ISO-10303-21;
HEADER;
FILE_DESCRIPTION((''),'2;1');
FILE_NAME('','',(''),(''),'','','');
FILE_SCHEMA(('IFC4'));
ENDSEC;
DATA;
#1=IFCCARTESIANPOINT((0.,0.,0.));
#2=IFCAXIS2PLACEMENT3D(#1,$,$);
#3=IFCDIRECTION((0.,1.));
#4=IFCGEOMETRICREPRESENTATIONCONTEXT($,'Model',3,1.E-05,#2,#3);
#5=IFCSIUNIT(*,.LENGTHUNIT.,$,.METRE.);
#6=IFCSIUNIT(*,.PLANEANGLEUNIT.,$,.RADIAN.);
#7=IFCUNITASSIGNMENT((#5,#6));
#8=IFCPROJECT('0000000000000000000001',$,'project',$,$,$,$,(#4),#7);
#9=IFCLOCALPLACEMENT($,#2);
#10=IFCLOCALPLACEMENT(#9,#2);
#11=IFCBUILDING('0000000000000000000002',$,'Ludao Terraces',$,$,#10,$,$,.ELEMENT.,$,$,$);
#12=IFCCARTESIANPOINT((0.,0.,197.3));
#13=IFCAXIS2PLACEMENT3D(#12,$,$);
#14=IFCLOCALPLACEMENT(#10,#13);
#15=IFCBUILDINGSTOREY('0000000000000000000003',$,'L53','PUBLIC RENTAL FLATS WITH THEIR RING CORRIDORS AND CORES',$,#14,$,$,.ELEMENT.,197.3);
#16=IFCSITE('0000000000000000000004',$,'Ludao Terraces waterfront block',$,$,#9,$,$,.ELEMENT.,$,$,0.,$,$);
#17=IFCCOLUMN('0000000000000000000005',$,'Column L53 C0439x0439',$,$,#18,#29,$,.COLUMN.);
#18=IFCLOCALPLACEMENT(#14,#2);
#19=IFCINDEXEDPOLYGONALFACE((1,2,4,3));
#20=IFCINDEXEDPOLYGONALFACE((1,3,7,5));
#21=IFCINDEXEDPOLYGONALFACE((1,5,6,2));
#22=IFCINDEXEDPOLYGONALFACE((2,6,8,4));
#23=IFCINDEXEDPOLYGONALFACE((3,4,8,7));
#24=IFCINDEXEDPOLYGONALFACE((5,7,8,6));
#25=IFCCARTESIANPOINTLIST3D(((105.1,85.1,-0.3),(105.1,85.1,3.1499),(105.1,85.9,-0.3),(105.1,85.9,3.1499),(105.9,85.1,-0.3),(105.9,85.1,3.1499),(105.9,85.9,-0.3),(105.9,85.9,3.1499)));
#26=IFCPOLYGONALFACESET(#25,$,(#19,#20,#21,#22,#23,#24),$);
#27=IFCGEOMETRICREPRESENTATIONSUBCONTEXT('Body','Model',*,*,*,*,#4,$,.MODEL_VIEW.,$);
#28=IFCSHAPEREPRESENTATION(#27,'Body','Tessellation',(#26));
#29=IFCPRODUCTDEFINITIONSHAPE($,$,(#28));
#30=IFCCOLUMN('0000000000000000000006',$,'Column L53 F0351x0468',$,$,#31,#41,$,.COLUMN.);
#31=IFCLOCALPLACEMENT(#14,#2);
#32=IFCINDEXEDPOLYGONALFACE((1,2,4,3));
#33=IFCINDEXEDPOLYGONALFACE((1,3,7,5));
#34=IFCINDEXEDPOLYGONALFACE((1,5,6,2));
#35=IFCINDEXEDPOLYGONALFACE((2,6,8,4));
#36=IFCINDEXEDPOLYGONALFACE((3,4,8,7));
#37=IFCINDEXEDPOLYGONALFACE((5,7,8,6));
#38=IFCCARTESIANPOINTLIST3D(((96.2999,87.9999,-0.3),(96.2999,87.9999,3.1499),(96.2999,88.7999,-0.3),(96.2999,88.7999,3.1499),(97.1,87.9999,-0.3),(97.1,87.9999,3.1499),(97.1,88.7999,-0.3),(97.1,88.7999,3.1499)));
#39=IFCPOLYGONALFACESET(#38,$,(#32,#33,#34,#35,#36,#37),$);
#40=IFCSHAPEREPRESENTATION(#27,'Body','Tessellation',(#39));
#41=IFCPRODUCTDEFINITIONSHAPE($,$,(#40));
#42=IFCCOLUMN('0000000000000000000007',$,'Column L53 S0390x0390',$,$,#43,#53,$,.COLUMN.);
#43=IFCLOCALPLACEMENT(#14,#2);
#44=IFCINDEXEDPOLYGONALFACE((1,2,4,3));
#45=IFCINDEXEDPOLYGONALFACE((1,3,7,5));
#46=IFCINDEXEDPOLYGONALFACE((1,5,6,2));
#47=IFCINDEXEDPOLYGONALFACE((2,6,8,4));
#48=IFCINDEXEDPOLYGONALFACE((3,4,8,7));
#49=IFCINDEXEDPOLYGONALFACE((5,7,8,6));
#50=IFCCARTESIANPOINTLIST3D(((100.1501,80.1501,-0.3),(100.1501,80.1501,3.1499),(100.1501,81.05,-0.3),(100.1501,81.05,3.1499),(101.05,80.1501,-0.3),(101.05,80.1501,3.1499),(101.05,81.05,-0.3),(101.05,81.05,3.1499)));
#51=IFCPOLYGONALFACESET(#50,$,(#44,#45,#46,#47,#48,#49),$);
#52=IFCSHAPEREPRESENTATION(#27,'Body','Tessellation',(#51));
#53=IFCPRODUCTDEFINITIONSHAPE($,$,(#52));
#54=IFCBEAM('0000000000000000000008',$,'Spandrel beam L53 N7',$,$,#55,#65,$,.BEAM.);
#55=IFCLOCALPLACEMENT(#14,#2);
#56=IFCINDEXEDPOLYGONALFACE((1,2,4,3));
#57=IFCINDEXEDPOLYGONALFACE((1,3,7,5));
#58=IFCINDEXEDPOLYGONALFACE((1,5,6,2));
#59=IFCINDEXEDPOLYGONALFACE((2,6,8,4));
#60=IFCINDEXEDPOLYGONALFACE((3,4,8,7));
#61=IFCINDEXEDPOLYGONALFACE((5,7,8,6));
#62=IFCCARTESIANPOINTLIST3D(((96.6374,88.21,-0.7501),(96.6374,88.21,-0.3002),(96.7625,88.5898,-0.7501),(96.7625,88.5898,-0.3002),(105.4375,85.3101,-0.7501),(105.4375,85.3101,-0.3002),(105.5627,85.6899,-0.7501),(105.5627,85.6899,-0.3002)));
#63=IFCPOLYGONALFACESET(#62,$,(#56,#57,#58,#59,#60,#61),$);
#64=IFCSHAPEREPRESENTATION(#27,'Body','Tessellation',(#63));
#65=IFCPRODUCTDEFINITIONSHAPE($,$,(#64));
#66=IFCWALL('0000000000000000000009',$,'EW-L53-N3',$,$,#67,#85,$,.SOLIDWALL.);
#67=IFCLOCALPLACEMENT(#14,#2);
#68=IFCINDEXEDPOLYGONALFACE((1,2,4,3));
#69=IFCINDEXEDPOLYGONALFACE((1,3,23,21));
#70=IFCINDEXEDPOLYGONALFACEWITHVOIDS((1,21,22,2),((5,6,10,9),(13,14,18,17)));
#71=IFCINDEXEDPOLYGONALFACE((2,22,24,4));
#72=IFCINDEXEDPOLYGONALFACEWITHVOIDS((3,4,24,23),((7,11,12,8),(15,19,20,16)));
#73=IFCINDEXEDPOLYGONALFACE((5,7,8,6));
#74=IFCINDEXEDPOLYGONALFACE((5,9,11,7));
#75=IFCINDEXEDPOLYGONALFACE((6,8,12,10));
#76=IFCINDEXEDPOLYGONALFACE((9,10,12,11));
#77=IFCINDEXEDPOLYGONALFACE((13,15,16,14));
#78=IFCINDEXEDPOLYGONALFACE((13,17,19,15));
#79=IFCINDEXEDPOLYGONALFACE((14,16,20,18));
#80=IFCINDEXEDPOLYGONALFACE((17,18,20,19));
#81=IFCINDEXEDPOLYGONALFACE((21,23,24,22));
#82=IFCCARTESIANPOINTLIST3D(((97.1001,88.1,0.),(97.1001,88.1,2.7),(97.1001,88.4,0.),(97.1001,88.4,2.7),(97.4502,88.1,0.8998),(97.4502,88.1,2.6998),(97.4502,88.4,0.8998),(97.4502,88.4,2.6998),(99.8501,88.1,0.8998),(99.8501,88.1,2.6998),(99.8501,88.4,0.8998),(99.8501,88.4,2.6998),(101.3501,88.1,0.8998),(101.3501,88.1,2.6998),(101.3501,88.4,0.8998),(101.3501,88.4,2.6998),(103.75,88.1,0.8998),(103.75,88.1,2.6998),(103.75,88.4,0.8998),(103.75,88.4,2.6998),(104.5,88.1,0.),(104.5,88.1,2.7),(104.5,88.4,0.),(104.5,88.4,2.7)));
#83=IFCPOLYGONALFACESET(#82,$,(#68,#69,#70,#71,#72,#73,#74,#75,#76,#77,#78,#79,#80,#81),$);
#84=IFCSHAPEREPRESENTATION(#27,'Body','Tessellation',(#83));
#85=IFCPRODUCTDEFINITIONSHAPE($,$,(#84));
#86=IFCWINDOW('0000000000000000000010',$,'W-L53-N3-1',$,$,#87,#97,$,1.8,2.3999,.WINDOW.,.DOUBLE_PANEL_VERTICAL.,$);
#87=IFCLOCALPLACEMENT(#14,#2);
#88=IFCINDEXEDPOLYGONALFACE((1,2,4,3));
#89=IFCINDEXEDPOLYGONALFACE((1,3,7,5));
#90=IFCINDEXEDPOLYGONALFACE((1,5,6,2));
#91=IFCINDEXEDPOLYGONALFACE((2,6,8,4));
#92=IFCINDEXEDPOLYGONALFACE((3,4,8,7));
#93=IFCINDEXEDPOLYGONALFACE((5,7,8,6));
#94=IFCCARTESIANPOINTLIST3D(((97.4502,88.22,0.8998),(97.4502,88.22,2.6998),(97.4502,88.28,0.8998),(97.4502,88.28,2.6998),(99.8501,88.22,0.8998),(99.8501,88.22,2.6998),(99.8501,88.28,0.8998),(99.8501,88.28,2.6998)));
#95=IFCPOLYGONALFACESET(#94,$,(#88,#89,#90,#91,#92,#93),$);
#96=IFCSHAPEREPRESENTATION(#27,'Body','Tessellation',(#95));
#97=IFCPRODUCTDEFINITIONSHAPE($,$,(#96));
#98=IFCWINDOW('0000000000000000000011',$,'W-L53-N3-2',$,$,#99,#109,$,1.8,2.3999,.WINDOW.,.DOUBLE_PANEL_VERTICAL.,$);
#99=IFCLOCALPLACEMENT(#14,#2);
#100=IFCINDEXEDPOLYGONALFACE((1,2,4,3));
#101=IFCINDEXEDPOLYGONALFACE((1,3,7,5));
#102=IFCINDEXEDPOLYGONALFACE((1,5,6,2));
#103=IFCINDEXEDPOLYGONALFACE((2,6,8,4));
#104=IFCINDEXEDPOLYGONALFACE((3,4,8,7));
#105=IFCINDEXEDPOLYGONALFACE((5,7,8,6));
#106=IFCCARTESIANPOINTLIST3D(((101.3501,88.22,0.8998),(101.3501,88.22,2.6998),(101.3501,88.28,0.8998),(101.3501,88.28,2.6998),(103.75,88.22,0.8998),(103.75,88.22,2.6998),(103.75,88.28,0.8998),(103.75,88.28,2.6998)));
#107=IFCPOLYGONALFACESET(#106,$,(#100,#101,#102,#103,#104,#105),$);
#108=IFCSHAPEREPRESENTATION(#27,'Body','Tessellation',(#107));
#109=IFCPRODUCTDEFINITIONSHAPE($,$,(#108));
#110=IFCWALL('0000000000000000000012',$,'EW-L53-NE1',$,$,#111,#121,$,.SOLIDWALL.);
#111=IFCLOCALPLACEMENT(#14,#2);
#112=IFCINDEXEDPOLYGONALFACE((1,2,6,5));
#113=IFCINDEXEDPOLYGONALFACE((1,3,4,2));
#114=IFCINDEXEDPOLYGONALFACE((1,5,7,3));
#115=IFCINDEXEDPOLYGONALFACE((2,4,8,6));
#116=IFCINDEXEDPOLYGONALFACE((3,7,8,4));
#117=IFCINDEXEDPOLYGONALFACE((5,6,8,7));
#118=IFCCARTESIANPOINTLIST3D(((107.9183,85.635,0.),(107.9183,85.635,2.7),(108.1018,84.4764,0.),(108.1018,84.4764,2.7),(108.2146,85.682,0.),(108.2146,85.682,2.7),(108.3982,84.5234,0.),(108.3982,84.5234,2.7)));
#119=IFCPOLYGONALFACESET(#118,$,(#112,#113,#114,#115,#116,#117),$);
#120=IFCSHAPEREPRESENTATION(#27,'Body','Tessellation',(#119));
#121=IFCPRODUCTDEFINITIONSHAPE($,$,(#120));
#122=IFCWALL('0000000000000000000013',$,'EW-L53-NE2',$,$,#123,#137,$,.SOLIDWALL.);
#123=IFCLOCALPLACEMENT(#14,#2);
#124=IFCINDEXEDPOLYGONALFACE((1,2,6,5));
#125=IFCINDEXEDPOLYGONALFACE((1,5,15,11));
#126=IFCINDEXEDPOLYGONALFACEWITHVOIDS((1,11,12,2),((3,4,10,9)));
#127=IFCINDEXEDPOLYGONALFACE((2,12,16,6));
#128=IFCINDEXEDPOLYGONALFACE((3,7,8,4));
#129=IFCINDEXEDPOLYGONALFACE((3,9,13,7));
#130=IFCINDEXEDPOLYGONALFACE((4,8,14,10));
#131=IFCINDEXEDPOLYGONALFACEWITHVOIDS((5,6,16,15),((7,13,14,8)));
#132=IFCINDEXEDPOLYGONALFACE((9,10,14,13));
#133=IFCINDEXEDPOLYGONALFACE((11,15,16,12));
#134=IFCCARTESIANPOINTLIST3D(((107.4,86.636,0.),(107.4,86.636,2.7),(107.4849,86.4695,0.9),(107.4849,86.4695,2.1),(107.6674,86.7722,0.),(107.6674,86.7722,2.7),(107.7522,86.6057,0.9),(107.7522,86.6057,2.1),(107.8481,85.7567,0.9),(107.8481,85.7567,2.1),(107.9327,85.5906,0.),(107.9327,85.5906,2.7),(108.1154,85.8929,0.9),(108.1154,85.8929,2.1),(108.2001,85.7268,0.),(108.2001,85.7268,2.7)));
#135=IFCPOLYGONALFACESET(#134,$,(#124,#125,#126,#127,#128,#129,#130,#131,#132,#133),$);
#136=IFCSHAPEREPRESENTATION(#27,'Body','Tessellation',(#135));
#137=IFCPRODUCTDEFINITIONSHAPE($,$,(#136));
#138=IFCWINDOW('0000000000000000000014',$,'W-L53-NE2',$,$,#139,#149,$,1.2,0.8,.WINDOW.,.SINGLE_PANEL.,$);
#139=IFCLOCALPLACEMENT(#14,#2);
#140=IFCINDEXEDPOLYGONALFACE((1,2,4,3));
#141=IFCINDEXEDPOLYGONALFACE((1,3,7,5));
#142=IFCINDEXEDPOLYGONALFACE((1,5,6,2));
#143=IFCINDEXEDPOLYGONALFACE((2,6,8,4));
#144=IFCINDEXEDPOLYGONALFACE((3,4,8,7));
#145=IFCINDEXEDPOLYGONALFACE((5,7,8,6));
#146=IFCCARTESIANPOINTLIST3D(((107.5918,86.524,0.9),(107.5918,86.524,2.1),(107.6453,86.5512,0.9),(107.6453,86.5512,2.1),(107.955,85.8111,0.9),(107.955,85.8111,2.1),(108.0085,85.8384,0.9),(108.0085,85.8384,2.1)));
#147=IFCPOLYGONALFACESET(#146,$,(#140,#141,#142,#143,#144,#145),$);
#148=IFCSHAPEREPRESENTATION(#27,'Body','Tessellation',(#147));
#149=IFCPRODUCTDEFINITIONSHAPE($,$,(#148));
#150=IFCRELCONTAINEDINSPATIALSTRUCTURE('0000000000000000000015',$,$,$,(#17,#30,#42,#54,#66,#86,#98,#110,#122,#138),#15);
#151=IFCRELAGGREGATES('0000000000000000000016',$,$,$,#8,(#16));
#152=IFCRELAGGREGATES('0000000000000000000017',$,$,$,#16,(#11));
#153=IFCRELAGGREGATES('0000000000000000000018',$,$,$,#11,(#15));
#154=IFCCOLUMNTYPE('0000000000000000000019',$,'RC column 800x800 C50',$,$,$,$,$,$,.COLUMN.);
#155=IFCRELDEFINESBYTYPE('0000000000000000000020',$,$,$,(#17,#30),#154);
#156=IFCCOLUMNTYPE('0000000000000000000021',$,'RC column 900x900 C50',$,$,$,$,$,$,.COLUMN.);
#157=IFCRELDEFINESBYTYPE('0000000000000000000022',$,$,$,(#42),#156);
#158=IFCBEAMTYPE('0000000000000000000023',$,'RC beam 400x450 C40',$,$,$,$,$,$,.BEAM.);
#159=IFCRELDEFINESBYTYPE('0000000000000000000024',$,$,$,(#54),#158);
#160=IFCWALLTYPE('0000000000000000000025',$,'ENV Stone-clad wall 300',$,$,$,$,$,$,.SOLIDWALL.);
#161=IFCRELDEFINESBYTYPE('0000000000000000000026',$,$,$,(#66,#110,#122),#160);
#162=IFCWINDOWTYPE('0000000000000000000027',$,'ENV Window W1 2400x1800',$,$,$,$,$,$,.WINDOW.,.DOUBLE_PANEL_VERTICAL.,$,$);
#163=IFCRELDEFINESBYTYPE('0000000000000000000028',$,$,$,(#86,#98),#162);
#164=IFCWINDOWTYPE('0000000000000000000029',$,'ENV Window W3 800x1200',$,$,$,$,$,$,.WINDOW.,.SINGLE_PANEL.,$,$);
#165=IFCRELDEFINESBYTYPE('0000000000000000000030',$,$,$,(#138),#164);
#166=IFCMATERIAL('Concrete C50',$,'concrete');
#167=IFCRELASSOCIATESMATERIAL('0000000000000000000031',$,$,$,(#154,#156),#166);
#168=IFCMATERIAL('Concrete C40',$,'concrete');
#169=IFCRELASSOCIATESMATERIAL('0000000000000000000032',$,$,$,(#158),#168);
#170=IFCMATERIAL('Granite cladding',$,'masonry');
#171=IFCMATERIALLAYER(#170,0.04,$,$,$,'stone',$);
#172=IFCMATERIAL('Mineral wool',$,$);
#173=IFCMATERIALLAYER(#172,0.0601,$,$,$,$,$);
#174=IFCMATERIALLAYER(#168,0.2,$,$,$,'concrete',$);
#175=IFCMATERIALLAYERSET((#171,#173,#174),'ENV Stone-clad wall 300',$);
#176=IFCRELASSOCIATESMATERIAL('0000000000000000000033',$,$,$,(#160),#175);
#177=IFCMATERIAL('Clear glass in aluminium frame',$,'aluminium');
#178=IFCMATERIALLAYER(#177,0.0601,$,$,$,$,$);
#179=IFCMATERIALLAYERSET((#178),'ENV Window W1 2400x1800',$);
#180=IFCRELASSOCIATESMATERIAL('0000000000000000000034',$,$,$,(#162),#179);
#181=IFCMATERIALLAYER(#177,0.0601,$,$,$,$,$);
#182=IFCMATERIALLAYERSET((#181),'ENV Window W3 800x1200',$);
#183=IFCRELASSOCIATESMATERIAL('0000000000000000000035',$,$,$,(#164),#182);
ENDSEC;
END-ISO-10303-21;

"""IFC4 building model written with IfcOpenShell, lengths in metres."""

from ifc_helpers import new_model, si_unit, direction, frame, frame_2d, origin, origin_2d, place, context, subcontext, project, spatial, rectangle, extrude, material, layer, layer_set, material_profile, profile_set, type_object, element, fill, save


model = new_model("IFC4")

# Units and contexts
model_context = context("Model", 3, precision=1e-05, world=origin(), true_north=direction((0.0, 1.0)))
body_context = subcontext(model_context, "Body", "Model", "MODEL_VIEW")
ifc_project = project(units=[si_unit("LENGTHUNIT", "METRE"), si_unit("PLANEANGLEUNIT", "RADIAN")], contexts=[model_context])

# Site, building, storey
site_placement = place(None, origin())
site = spatial("IfcSite", under=ifc_project, at=site_placement, Name="Ludao Terraces waterfront block", CompositionType="ELEMENT", RefElevation=0.0)
building_placement = place(site_placement, origin())
building = spatial("IfcBuilding", under=site, at=building_placement, Name="Ludao Terraces", CompositionType="ELEMENT")
storey_placement = place(building_placement, frame((0.0, 0.0, 197.3)))
storey = spatial("IfcBuildingStorey", under=building, at=storey_placement, Name="L53", Description="PUBLIC RENTAL FLATS WITH THEIR RING CORRIDORS AND CORES", CompositionType="ELEMENT", Elevation=197.3)

# Columns
ifc_material_1 = material(Name="Concrete C50", Category="concrete")
ifc_material_profile_1 = material_profile(ifc_material_1, rectangle(XDim=0.8, YDim=0.8, at=origin_2d()), Name="800 X 800")
ifc_profile_set_1 = profile_set([ifc_material_profile_1], Name="Concrete C50")
column_type_1 = type_object("IfcColumnType", Name="RC column 800x800 C50", PredefinedType="COLUMN", material=ifc_profile_set_1)
for number, where, z_axis, x_axis, name in (
    (1, (105.5, 85.5, -0.3), (0.0, 0.0, 1.0), (1.0, 0.0, 0.0), "Column L53 C0439x0439"),
    (2, (96.7, 88.3999, -0.3), (0.0, 0.0, 1.0), (1.0, 0.0, 0.0), "Column L53 F0351x0468"),
):
    element("IfcColumn", number, at=place(storey_placement, frame(where, z_axis=z_axis, x_axis=x_axis)), inside=storey, type_object=column_type_1, Name=name, PredefinedType="COLUMN", context=body_context, shape_type="SweptSolid", body=[
        extrude(rectangle(XDim=0.8, YDim=0.8, at=origin_2d()), origin(), (0.0, 0.0, 1.0), 3.45),
    ])
ifc_material_profile_2 = material_profile(ifc_material_1, rectangle(XDim=0.8999, YDim=0.8999, at=origin_2d()), Name="900 X 900")
ifc_profile_set_2 = profile_set([ifc_material_profile_2], Name="Concrete C50")
column_type_2 = type_object("IfcColumnType", Name="RC column 900x900 C50", PredefinedType="COLUMN", material=ifc_profile_set_2)
column_placement = place(storey_placement, frame((100.6001, 80.6001, -0.3), z_axis=(0.0, 0.0, 1.0), x_axis=(1.0, 0.0, 0.0)))
element("IfcColumn", 3, at=column_placement, inside=storey, type_object=column_type_2, Name="Column L53 S0390x0390", PredefinedType="COLUMN", context=body_context, shape_type="SweptSolid", body=[
    extrude(rectangle(XDim=0.8999, YDim=0.8999, at=origin_2d()), origin(), (0.0, 0.0, 1.0), 3.45),
])

# Beam
ifc_material_2 = material(Name="Concrete C40", Category="concrete")
ifc_material_profile_3 = material_profile(ifc_material_2, rectangle(XDim=0.3999, YDim=0.45, at=origin_2d()), Name="400 X 450")
ifc_profile_set_3 = profile_set([ifc_material_profile_3], Name="Concrete C40")
beam_type = type_object("IfcBeamType", Name="RC beam 400x450 C40", PredefinedType="BEAM", material=ifc_profile_set_3)
beam_placement = place(storey_placement, frame((96.7, 88.3999, -0.5251), z_axis=(0.949761, -0.312977, 0.0), x_axis=(0.312977, 0.949761, 0.0)))
element("IfcBeam", 4, at=beam_placement, inside=storey, type_object=beam_type, Name="Spandrel beam L53 N7", PredefinedType="BEAM", context=body_context, shape_type="SweptSolid", body=[
    extrude(rectangle(XDim=0.3999, YDim=0.45, at=origin_2d()), origin(), (0.0, 0.0, 1.0), 9.2656),
])

# Wall, openings, windows
ifc_material_3 = material(Name="Granite cladding", Category="masonry")
ifc_layer_1 = layer(ifc_material_3, 0.04, Category="stone")
ifc_material_4 = material(Name="Mineral wool")
ifc_layer_2 = layer(ifc_material_4, 0.0601)
ifc_layer_3 = layer(ifc_material_2, 0.2, Category="concrete")
ifc_layer_set_1 = layer_set([ifc_layer_1, ifc_layer_2, ifc_layer_3], Name="ENV Stone-clad wall 300")
wall_type_1 = type_object("IfcWallType", Name="ENV Stone-clad wall 300", PredefinedType="SOLIDWALL", material=ifc_layer_set_1)
wall_1_placement = place(storey_placement, frame((97.1001, 88.25, 0.0), z_axis=(0.0, 0.0, 1.0), x_axis=(1.0, 0.0, 0.0)))
wall_1 = element("IfcWall", 5, at=wall_1_placement, inside=storey, type_object=wall_type_1, Name="EW-L53-N3", PredefinedType="SOLIDWALL", context=body_context, shape_type="SweptSolid", body=[
    extrude(rectangle(XDim=7.3999, YDim=0.3, at=frame_2d((3.7, 0.0))), origin(), (0.0, 0.0, 1.0), 2.7),
])
opening_1_placement = place(wall_1_placement, frame((0.3501, 0.0, 0.8999)))
opening_1 = element("IfcOpeningElement", 6, at=opening_1_placement, cuts=wall_1, PredefinedType="OPENING", context=body_context, shape_type="SweptSolid", body=[
    extrude(rectangle(XDim=2.3999, YDim=1.8, at=frame_2d((1.2, 0.8999))), frame((0.0, 0.1602, 0.0), z_axis=(0.0, -1.0, 0.0), x_axis=(1.0, 0.0, 0.0)), (0.0, 0.0, 1.0), 0.3201),
])
opening_2_placement = place(wall_1_placement, frame((4.25, 0.0, 0.8999)))
opening_2 = element("IfcOpeningElement", 7, at=opening_2_placement, cuts=wall_1, PredefinedType="OPENING", context=body_context, shape_type="SweptSolid", body=[
    extrude(rectangle(XDim=2.3999, YDim=1.8, at=frame_2d((1.2, 0.8999))), frame((0.0, 0.1602, 0.0), z_axis=(0.0, -1.0, 0.0), x_axis=(1.0, 0.0, 0.0)), (0.0, 0.0, 1.0), 0.3201),
])
ifc_material_5 = material(Name="Clear glass in aluminium frame", Category="aluminium")
ifc_layer_4 = layer(ifc_material_5, 0.0601)
ifc_layer_set_2 = layer_set([ifc_layer_4], Name="ENV Window W1 2400x1800")
window_type_1 = type_object("IfcWindowType", Name="ENV Window W1 2400x1800", PartitioningType="DOUBLE_PANEL_VERTICAL", PredefinedType="WINDOW", material=ifc_layer_set_2)
window_1_placement = place(opening_1_placement, origin())
window_1 = element("IfcWindow", 8, at=window_1_placement, inside=storey, type_object=window_type_1, Name="W-L53-N3-1", OverallHeight=1.8, OverallWidth=2.3999, PartitioningType="DOUBLE_PANEL_VERTICAL", PredefinedType="WINDOW", context=body_context, shape_type="SweptSolid", body=[
    extrude(rectangle(XDim=2.3999, YDim=1.8, at=frame_2d((1.2, 0.8999))), frame((0.0, 0.03, 0.0), z_axis=(0.0, -1.0, 0.0), x_axis=(1.0, 0.0, 0.0)), (0.0, 0.0, 1.0), 0.0601),
])
fill(opening_1, window_1)
window_2_placement = place(opening_2_placement, origin())
window_2 = element("IfcWindow", 9, at=window_2_placement, inside=storey, type_object=window_type_1, Name="W-L53-N3-2", OverallHeight=1.8, OverallWidth=2.3999, PartitioningType="DOUBLE_PANEL_VERTICAL", PredefinedType="WINDOW", context=body_context, shape_type="SweptSolid", body=[
    extrude(rectangle(XDim=2.3999, YDim=1.8, at=frame_2d((1.2, 0.8999))), frame((0.0, 0.03, 0.0), z_axis=(0.0, -1.0, 0.0), x_axis=(1.0, 0.0, 0.0)), (0.0, 0.0, 1.0), 0.0601),
])
fill(opening_2, window_2)

# Wall
wall_2_placement = place(storey_placement, frame((108.25, 84.5, 0.0), z_axis=(0.0, 0.0, 1.0), x_axis=(-0.156497, 0.987678, 0.0)))
element("IfcWall", 10, at=wall_2_placement, inside=storey, type_object=wall_type_1, Name="EW-L53-NE1", PredefinedType="SOLIDWALL", context=body_context, shape_type="SweptSolid", body=[
    extrude(rectangle(XDim=1.1731, YDim=0.3, at=frame_2d((0.5864, 0.0))), origin(), (0.0, 0.0, 1.0), 2.7),
])

# Wall, opening, window
wall_3_placement = place(storey_placement, frame((108.0664, 85.6587, 0.0), z_axis=(0.0, 0.0, 1.0), x_axis=(-0.454026, 0.890989, 0.0)))
wall_3 = element("IfcWall", 11, at=wall_3_placement, inside=storey, type_object=wall_type_1, Name="EW-L53-NE2", PredefinedType="SOLIDWALL", context=body_context, shape_type="SweptSolid", body=[
    extrude(rectangle(XDim=1.1733, YDim=0.3, at=frame_2d((0.5867, 0.0))), origin(), (0.0, 0.0, 1.0), 2.7),
])
opening_3_placement = place(wall_3_placement, frame((0.1865, 0.0, 0.8999)))
opening_3 = element("IfcOpeningElement", 12, at=opening_3_placement, cuts=wall_3, PredefinedType="OPENING", context=body_context, shape_type="SweptSolid", body=[
    extrude(rectangle(XDim=0.8, YDim=1.2, at=frame_2d((0.3999, 0.6001))), frame((0.0, 0.1602, 0.0), z_axis=(0.0, -1.0, 0.0), x_axis=(1.0, 0.0, 0.0)), (0.0, 0.0, 1.0), 0.3201),
])
ifc_layer_5 = layer(ifc_material_5, 0.0601)
ifc_layer_set_3 = layer_set([ifc_layer_5], Name="ENV Window W3 800x1200")
window_type_2 = type_object("IfcWindowType", Name="ENV Window W3 800x1200", PartitioningType="SINGLE_PANEL", PredefinedType="WINDOW", material=ifc_layer_set_3)
window_3_placement = place(opening_3_placement, origin())
window_3 = element("IfcWindow", 13, at=window_3_placement, inside=storey, type_object=window_type_2, Name="W-L53-NE2", OverallHeight=1.2, OverallWidth=0.8, PartitioningType="SINGLE_PANEL", PredefinedType="WINDOW", context=body_context, shape_type="SweptSolid", body=[
    extrude(rectangle(XDim=0.8, YDim=1.2, at=frame_2d((0.3999, 0.6001))), frame((0.0, 0.03, 0.0), z_axis=(0.0, -1.0, 0.0), x_axis=(1.0, 0.0, 0.0)), (0.0, 0.0, 1.0), 0.0601),
])
fill(opening_3, window_3)

save(model, "model.ifc")
